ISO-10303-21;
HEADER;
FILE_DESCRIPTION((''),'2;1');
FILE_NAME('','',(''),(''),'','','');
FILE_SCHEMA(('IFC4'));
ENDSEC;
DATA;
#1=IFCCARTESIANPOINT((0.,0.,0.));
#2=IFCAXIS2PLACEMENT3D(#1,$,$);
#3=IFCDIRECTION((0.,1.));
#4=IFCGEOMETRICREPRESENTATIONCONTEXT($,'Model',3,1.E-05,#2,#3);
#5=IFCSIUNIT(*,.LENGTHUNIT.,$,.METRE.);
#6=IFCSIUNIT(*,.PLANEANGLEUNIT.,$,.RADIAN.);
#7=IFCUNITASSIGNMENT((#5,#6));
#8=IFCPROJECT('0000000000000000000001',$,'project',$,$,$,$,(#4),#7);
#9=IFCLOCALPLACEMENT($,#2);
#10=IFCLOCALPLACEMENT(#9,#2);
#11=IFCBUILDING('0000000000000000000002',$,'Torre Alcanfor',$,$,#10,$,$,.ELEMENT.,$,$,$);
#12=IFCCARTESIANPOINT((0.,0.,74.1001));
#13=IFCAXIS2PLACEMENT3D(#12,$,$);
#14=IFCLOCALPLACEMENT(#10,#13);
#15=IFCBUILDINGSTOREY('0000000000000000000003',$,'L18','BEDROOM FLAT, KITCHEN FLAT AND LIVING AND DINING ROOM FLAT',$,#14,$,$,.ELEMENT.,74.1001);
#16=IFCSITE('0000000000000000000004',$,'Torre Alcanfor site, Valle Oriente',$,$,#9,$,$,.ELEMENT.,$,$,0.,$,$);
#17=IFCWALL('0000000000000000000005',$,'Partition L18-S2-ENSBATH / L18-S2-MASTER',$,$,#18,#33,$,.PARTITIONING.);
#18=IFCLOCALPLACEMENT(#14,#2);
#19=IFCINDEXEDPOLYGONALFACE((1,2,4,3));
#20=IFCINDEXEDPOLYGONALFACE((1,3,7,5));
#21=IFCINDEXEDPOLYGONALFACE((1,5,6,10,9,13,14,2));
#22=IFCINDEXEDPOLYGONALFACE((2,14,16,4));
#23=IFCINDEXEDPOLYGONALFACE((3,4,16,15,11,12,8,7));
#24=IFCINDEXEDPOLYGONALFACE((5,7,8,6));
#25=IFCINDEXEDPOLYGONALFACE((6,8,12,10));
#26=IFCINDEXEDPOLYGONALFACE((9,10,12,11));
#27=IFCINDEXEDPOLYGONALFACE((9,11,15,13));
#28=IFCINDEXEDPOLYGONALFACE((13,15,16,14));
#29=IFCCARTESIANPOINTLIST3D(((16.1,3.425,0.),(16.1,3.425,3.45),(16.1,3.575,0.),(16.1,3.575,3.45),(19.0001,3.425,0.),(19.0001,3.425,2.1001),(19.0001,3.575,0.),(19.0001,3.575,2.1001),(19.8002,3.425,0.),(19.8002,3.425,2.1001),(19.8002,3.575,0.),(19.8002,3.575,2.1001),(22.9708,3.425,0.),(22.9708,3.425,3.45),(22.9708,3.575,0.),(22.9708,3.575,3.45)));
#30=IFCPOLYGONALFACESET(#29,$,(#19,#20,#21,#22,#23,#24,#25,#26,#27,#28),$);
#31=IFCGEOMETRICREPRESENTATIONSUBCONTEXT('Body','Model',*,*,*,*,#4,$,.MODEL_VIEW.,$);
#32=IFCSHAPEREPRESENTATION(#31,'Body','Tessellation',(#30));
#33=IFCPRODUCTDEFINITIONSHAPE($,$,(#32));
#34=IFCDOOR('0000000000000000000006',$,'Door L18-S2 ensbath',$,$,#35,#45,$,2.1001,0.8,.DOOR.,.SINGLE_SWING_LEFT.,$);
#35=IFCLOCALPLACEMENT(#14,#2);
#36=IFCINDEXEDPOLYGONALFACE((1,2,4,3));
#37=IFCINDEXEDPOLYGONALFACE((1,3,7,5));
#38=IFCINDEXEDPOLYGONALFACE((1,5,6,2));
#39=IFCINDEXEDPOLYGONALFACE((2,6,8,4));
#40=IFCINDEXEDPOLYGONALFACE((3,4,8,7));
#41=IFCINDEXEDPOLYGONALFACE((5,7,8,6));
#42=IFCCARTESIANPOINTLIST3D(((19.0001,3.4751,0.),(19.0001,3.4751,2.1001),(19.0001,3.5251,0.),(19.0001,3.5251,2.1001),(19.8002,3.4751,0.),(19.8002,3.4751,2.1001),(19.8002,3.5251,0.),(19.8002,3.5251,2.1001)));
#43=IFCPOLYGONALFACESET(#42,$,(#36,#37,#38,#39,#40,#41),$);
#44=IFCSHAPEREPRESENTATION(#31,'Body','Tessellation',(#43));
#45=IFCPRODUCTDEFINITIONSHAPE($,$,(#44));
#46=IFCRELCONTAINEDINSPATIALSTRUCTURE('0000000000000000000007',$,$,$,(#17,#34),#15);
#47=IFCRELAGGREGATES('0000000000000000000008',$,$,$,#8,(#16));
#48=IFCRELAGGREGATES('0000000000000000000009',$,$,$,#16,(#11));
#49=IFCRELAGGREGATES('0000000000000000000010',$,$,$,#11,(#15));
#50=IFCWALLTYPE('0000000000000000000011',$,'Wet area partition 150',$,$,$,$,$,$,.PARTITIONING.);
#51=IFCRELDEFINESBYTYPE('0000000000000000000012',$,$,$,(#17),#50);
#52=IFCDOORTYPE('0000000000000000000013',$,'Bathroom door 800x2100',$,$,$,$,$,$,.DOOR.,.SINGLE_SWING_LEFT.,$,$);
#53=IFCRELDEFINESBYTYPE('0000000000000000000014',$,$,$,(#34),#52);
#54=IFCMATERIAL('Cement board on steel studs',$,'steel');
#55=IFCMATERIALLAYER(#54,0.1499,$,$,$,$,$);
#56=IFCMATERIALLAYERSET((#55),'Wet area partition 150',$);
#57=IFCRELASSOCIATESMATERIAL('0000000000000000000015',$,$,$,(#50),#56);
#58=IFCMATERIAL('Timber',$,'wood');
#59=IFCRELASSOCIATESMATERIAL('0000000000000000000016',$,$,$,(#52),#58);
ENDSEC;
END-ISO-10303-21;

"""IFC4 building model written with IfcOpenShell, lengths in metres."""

from ifc_helpers import new_model, si_unit, direction, frame, frame_2d, origin, place, context, subcontext, project, spatial, rectangle, extrude, material, layer, layer_set, type_object, element, fill, save


model = new_model("IFC4")

# Units and contexts
model_context = context("Model", 3, precision=1e-05, world=origin(), true_north=direction((0.0, 1.0)))
body_context = subcontext(model_context, "Body", "Model", "MODEL_VIEW")
ifc_project = project(units=[si_unit("LENGTHUNIT", "METRE"), si_unit("PLANEANGLEUNIT", "RADIAN")], contexts=[model_context])

# Site, building, storey
site_placement = place(None, origin())
site = spatial("IfcSite", under=ifc_project, at=site_placement, Name="Torre Alcanfor site, Valle Oriente", CompositionType="ELEMENT", RefElevation=0.0)
building_placement = place(site_placement, origin())
building = spatial("IfcBuilding", under=site, at=building_placement, Name="Torre Alcanfor", CompositionType="ELEMENT")
storey_placement = place(building_placement, frame((0.0, 0.0, 74.1001)))
storey = spatial("IfcBuildingStorey", under=building, at=storey_placement, Name="L18", Description="BEDROOM FLAT, KITCHEN FLAT AND LIVING AND DINING ROOM FLAT", CompositionType="ELEMENT", Elevation=74.1001)

# Shared definitions
ifc_material_1 = material(Name="Cement board on steel studs", Category="steel")
ifc_layer_1 = layer(ifc_material_1, 0.1499)
ifc_layer_set_1 = layer_set([ifc_layer_1], Name="Wet area partition 150")
wall_type_1 = type_object("IfcWallType", Name="Wet area partition 150", PredefinedType="PARTITIONING", material=ifc_layer_set_1)

# Wall, opening, door
wall_1_placement = place(storey_placement, frame((22.9709, 3.5, 0.0), z_axis=(0.0, 0.0, 1.0), x_axis=(-1.0, 0.0, 0.0)))
wall_1 = element("IfcWall", 1, at=wall_1_placement, inside=storey, type_object=wall_type_1, Name="Partition L18-S2-ENSBATH / L18-S2-MASTER", PredefinedType="PARTITIONING", context=body_context, shape_type="SweptSolid", body=[
    extrude(rectangle(XDim=6.8708, YDim=0.1499, at=frame_2d((3.4355, 0.0))), origin(), (0.0, 0.0, 1.0), 3.45),
])
opening_1_placement = place(wall_1_placement, frame((3.1709, 0.0, 0.0)))
opening_1 = element("IfcOpeningElement", 2, at=opening_1_placement, cuts=wall_1, PredefinedType="OPENING", context=body_context, shape_type="SweptSolid", body=[
    extrude(rectangle(XDim=0.8, YDim=2.1001, at=frame_2d((0.3999, 1.05))), frame((0.0, 0.085, 0.0), z_axis=(0.0, -1.0, 0.0), x_axis=(1.0, 0.0, 0.0)), (0.0, 0.0, 1.0), 0.1699),
])
ifc_material_2 = material(Name="Timber", Category="wood")
door_type_1 = type_object("IfcDoorType", Name="Bathroom door 800x2100", OperationType="SINGLE_SWING_LEFT", PredefinedType="DOOR", material=ifc_material_2)
door_1_placement = place(opening_1_placement, frame((0.8, 0.0, 0.0), z_axis=(0.0, 0.0, 1.0), x_axis=(-1.0, 0.0, 0.0)))
door_1 = element("IfcDoor", 3, at=door_1_placement, inside=storey, type_object=door_type_1, Name="Door L18-S2 ensbath", OperationType="SINGLE_SWING_LEFT", OverallHeight=2.1001, OverallWidth=0.8, PredefinedType="DOOR", context=body_context, shape_type="SweptSolid", body=[
    extrude(rectangle(XDim=0.8, YDim=2.1001, at=frame_2d((0.4001, 1.05))), frame((0.0, 0.0251, 0.0), z_axis=(0.0, -1.0, 0.0), x_axis=(1.0, 0.0, 0.0)), (0.0, 0.0, 1.0), 0.05),
])
fill(opening_1, door_1)

save(model, "model.ifc")
